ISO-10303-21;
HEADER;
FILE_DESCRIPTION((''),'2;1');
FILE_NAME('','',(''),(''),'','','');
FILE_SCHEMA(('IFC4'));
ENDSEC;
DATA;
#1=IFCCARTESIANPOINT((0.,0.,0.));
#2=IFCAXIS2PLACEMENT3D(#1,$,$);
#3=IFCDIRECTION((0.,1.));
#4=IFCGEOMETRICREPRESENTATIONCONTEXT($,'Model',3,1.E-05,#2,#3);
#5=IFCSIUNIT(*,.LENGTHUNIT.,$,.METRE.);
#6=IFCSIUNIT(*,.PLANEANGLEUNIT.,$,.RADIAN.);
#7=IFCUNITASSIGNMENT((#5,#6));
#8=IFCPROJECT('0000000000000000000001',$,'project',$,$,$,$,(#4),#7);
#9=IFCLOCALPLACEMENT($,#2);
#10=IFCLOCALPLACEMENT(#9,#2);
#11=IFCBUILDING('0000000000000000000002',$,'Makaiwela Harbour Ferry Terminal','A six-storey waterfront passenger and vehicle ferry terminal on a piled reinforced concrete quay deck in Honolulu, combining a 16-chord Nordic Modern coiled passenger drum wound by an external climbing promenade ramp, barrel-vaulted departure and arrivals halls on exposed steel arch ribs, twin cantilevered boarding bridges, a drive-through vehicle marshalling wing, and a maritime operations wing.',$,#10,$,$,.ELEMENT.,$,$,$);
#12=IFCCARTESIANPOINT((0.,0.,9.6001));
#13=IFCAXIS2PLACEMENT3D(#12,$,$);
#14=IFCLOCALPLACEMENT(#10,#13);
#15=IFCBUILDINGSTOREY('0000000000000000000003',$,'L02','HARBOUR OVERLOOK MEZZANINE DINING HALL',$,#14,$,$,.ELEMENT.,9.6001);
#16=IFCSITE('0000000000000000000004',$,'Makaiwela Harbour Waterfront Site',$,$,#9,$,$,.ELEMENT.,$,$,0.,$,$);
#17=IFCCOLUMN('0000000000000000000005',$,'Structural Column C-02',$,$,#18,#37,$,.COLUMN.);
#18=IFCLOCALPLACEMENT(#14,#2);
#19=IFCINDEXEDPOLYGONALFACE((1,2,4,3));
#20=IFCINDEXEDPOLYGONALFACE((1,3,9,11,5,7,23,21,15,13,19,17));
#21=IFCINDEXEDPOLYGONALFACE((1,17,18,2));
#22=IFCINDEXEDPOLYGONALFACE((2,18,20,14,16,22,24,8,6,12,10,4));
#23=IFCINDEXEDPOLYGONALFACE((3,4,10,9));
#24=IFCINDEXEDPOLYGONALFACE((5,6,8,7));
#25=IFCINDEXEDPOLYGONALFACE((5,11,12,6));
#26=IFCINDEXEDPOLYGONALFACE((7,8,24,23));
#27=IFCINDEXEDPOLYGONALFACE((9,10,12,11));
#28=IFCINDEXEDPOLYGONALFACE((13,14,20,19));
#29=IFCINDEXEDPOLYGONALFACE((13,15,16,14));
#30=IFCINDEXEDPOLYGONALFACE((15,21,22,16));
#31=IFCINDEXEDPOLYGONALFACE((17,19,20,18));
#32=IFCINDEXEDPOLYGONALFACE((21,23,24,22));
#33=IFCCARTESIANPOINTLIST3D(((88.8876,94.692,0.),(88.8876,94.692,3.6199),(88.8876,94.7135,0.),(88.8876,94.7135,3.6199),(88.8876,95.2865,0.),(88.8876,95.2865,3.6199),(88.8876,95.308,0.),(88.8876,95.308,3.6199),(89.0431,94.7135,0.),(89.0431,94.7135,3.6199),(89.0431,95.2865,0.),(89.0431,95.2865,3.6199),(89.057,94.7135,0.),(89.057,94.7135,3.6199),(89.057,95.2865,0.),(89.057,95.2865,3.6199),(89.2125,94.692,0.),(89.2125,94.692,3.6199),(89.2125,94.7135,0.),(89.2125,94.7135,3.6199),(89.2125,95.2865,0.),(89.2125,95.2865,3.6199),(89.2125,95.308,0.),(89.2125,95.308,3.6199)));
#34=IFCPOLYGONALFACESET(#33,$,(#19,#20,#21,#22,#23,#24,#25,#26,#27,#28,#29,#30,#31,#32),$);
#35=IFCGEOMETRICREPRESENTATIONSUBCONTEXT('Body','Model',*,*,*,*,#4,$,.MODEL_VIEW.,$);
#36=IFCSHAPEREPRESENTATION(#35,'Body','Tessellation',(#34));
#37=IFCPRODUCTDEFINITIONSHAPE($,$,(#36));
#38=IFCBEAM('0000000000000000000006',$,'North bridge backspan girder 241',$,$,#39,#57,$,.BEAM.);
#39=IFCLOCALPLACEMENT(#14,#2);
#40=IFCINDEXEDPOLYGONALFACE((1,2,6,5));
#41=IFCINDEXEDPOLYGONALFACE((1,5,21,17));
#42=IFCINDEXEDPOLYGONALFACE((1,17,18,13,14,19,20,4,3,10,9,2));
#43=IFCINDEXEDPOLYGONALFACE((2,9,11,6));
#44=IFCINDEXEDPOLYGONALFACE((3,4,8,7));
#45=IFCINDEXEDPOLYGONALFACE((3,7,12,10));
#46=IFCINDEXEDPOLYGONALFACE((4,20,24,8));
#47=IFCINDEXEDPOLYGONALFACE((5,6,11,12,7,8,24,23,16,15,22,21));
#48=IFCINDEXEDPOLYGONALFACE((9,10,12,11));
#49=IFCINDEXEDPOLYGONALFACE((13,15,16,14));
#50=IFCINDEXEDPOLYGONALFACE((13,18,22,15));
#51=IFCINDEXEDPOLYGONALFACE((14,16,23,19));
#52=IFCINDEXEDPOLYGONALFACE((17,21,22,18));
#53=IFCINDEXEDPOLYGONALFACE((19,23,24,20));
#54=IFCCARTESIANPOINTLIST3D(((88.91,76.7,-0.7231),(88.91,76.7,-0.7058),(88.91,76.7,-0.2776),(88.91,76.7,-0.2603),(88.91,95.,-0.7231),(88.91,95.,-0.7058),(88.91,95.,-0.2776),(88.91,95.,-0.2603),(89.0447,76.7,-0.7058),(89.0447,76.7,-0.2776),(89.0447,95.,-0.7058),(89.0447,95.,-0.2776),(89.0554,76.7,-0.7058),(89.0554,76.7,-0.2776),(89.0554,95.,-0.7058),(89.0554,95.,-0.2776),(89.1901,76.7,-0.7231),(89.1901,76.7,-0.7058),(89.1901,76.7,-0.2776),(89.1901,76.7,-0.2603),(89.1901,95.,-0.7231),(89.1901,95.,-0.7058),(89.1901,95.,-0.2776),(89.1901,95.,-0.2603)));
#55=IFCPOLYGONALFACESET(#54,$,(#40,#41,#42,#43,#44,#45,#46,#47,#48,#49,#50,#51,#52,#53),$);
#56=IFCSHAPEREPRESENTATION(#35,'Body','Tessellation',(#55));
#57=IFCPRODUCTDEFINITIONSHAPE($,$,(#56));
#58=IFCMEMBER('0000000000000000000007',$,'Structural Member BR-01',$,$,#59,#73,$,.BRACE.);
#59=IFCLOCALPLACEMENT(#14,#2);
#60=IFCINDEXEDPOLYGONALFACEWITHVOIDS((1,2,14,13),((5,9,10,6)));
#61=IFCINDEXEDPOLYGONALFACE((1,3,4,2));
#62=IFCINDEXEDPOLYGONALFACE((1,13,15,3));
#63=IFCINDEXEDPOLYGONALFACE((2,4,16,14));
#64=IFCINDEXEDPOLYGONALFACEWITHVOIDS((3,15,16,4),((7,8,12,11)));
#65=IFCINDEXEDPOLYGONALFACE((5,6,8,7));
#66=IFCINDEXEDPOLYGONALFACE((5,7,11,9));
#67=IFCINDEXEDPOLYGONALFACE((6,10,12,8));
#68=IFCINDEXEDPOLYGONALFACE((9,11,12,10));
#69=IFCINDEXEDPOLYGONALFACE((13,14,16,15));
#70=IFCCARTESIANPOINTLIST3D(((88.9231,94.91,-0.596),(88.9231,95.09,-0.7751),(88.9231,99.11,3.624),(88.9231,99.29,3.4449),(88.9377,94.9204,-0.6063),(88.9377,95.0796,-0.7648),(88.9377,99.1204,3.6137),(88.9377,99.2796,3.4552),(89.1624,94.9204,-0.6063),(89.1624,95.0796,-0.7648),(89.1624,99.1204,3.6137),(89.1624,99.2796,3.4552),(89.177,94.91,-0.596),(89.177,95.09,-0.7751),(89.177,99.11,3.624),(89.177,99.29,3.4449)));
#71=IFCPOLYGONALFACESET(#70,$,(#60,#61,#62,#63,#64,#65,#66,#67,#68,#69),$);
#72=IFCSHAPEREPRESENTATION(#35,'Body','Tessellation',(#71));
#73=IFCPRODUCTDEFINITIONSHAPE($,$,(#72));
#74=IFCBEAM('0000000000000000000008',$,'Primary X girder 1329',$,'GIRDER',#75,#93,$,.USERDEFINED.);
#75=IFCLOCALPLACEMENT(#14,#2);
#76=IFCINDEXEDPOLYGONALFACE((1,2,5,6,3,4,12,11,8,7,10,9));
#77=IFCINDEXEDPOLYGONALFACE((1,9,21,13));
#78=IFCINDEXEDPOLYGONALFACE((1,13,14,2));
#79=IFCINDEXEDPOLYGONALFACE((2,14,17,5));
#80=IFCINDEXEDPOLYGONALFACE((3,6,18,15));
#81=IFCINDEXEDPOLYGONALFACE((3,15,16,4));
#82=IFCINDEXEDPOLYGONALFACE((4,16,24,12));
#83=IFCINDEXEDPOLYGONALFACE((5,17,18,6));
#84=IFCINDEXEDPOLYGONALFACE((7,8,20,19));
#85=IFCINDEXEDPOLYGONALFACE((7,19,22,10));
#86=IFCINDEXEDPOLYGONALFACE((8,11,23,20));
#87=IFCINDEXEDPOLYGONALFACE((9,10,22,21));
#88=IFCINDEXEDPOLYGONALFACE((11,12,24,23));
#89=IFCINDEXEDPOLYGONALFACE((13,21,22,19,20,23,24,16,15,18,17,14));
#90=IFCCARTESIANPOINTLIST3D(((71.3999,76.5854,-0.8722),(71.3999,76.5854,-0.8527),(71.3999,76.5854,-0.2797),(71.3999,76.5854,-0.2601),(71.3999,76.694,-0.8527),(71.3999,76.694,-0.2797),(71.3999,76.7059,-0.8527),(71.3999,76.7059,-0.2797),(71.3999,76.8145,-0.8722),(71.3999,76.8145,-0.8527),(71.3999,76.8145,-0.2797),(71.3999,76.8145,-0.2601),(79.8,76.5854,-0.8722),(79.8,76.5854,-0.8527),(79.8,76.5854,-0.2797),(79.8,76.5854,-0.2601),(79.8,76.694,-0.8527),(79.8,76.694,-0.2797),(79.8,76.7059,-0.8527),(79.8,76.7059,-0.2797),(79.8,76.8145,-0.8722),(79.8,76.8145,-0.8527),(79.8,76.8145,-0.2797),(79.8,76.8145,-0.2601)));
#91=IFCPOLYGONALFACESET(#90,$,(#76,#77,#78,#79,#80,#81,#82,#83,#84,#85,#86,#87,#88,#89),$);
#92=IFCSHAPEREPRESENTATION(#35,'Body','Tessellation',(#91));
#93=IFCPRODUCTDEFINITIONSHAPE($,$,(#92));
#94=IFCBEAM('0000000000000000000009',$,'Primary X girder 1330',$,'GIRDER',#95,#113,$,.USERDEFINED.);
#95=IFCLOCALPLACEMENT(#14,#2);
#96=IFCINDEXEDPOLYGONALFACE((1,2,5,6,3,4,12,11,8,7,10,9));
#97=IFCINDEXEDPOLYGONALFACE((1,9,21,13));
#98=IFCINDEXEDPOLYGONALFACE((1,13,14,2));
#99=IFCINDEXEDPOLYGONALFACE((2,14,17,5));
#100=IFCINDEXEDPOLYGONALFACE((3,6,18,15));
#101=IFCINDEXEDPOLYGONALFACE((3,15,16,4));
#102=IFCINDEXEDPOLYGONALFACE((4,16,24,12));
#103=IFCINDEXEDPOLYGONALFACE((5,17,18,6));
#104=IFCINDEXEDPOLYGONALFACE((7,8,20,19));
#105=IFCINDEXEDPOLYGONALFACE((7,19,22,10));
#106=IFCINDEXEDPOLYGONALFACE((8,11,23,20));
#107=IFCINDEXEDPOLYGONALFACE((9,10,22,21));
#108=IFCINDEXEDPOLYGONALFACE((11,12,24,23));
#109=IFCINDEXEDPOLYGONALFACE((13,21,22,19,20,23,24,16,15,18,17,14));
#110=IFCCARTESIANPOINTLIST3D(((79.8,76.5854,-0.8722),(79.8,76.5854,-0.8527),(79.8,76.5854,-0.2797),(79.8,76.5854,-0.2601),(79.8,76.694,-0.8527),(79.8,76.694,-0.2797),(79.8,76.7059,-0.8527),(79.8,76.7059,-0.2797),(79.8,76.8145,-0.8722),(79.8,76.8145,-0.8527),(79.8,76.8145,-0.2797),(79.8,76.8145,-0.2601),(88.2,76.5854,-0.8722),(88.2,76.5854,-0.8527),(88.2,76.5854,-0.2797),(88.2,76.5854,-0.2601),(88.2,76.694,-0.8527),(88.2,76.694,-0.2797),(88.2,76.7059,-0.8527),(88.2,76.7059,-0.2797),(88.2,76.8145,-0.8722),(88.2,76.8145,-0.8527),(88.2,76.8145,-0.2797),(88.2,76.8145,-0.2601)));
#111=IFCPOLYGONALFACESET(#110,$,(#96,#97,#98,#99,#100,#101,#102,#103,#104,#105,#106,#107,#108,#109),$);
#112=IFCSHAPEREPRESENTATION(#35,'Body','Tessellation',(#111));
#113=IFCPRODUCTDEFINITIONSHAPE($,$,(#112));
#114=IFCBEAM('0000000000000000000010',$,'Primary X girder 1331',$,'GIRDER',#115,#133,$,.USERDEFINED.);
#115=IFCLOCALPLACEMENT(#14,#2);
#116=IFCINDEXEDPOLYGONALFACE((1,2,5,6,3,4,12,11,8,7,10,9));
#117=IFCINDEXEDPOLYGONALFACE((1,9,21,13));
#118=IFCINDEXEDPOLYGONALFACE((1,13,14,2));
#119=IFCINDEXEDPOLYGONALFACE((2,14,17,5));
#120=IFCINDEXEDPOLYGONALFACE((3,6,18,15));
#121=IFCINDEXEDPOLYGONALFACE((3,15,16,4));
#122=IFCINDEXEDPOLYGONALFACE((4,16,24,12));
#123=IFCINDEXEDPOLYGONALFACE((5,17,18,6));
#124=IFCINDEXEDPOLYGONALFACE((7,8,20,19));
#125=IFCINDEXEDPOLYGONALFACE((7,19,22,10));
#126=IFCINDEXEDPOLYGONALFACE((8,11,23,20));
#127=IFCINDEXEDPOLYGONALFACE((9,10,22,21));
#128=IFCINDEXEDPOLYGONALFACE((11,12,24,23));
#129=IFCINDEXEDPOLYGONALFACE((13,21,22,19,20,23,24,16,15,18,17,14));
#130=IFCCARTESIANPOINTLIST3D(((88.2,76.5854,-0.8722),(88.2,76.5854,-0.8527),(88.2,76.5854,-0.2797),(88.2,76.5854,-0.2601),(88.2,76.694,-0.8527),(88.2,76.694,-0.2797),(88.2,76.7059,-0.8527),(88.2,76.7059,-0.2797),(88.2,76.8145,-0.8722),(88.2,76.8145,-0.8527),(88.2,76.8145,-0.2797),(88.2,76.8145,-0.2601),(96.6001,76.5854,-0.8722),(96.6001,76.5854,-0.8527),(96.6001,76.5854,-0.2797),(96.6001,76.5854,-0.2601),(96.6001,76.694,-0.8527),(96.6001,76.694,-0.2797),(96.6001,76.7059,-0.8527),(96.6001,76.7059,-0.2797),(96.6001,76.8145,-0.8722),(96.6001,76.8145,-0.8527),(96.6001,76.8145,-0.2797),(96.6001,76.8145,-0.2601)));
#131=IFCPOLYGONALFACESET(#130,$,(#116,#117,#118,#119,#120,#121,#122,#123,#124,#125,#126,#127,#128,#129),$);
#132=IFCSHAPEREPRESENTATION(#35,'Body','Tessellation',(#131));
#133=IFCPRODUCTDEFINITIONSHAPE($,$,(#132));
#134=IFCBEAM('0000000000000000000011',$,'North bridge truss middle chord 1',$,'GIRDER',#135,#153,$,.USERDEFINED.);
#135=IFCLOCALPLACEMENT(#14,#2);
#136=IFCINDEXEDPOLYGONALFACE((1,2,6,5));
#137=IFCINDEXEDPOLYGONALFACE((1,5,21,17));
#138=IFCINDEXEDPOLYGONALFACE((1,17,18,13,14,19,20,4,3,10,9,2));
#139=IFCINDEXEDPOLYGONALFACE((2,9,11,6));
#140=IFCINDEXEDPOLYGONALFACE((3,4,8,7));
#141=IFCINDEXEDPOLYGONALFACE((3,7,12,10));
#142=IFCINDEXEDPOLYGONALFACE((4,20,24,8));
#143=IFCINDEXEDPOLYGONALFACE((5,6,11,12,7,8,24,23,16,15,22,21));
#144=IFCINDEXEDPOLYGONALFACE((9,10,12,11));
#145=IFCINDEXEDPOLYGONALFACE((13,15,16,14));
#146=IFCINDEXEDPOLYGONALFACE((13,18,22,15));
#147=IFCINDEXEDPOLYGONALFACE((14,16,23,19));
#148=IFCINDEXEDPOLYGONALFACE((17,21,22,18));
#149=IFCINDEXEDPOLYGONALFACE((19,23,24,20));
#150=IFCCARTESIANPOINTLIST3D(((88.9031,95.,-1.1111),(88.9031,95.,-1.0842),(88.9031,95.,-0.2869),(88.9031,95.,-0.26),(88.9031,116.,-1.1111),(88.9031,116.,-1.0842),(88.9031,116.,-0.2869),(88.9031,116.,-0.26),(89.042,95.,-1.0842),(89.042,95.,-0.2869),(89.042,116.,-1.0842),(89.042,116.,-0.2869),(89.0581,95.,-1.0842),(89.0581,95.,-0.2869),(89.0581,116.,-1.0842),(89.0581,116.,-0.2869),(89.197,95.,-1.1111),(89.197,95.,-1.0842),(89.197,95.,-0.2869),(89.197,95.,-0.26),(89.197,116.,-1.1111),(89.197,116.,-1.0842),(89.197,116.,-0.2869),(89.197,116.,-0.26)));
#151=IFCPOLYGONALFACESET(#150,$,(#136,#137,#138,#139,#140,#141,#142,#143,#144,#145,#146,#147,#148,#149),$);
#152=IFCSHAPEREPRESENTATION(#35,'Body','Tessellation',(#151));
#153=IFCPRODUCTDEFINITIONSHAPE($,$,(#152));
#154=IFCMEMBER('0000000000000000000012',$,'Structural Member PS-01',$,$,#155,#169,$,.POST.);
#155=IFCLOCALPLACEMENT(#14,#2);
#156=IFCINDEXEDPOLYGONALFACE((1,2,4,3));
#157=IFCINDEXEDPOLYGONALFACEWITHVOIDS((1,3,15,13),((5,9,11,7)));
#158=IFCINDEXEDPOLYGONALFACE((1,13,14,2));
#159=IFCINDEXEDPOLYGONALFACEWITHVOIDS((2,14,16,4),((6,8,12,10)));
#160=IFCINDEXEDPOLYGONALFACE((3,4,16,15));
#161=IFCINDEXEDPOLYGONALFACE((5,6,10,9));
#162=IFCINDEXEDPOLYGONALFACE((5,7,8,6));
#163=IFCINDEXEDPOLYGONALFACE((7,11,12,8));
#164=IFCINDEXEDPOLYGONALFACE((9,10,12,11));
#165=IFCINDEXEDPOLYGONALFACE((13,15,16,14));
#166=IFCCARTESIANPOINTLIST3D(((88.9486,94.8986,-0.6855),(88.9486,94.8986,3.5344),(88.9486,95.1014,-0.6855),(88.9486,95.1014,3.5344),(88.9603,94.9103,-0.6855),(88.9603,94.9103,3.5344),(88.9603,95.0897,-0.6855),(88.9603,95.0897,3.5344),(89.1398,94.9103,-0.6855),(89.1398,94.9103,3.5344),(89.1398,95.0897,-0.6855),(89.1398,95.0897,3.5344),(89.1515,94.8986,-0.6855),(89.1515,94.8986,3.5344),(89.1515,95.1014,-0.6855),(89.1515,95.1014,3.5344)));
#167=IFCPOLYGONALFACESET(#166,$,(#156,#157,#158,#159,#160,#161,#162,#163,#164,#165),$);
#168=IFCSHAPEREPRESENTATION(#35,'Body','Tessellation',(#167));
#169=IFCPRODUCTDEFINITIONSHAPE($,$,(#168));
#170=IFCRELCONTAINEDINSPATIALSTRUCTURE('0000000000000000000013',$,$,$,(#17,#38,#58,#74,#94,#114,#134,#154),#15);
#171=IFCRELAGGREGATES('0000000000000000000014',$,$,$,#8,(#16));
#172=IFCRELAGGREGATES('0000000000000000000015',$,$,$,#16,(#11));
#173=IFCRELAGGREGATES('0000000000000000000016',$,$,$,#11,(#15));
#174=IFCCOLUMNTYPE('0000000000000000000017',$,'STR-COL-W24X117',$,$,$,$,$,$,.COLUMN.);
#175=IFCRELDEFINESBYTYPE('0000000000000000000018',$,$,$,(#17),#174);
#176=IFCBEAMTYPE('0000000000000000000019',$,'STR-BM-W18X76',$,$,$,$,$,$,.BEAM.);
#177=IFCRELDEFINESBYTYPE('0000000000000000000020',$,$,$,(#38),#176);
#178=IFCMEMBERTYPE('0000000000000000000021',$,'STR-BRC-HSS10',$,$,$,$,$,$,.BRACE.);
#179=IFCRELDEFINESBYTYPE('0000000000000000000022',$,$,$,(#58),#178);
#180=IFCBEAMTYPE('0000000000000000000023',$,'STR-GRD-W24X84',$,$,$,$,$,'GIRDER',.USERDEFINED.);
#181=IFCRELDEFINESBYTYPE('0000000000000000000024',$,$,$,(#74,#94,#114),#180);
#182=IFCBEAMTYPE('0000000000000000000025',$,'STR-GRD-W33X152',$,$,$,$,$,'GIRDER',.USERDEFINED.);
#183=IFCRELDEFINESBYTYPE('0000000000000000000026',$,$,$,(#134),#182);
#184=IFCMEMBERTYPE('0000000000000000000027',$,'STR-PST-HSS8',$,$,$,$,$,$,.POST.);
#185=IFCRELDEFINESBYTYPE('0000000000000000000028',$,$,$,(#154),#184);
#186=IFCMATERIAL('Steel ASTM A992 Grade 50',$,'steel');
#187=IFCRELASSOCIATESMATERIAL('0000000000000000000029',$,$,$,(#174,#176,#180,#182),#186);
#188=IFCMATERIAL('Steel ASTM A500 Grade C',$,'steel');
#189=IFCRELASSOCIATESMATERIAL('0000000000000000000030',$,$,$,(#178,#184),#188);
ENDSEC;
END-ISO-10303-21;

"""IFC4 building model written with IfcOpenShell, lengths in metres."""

from ifc_helpers import new_model, si_unit, direction, frame, origin, origin_2d, place, context, subcontext, project, spatial, hollow_rectangle, i_section, extrude, material, material_profile, profile_set, type_object, element, save


model = new_model("IFC4")

# Units and contexts
model_context = context("Model", 3, precision=1e-05, world=origin(), true_north=direction((0.0, 1.0)))
body_context = subcontext(model_context, "Body", "Model", "MODEL_VIEW")
ifc_project = project(units=[si_unit("LENGTHUNIT", "METRE"), si_unit("PLANEANGLEUNIT", "RADIAN")], contexts=[model_context])

# Site, building, storey
site_placement = place(None, origin())
site = spatial("IfcSite", under=ifc_project, at=site_placement, Name="Makaiwela Harbour Waterfront Site", CompositionType="ELEMENT", RefElevation=0.0)
building_placement = place(site_placement, origin())
building = spatial("IfcBuilding", under=site, at=building_placement, Name="Makaiwela Harbour Ferry Terminal", Description="A six-storey waterfront passenger and vehicle ferry terminal on a piled reinforced concrete quay deck in Honolulu, combining a 16-chord Nordic Modern coiled passenger drum wound by an external climbing promenade ramp, barrel-vaulted departure and arrivals halls on exposed steel arch ribs, twin cantilevered boarding bridges, a drive-through vehicle marshalling wing, and a maritime operations wing.", CompositionType="ELEMENT")
storey_placement = place(building_placement, frame((0.0, 0.0, 9.6001)))
storey = spatial("IfcBuildingStorey", under=building, at=storey_placement, Name="L02", Description="HARBOUR OVERLOOK MEZZANINE DINING HALL", CompositionType="ELEMENT", Elevation=9.6001)

# Column
ifc_material_1 = material(Name="Steel ASTM A992 Grade 50", Category="steel")
ifc_material_profile_1 = material_profile(ifc_material_1, i_section(OverallWidth=0.325, OverallDepth=0.616, WebThickness=0.0139, FlangeThickness=0.0215, at=origin_2d()), Name="W24X117")
ifc_profile_set_1 = profile_set([ifc_material_profile_1], Name="Steel ASTM A992 Grade 50")
column_type = type_object("IfcColumnType", Name="STR-COL-W24X117", PredefinedType="COLUMN", material=ifc_profile_set_1)
column_placement = place(storey_placement, frame((89.05, 95.0, 0.0), z_axis=(0.0, 0.0, 1.0), x_axis=(1.0, 0.0, 0.0)))
element("IfcColumn", 1, at=column_placement, inside=storey, type_object=column_type, Name="Structural Column C-02", PredefinedType="COLUMN", context=body_context, shape_type="SweptSolid", body=[
    extrude(i_section(OverallWidth=0.325, OverallDepth=0.616, WebThickness=0.0139, FlangeThickness=0.0215, at=origin_2d()), origin(), (0.0, 0.0, 1.0), 3.6199),
])

# Beam
ifc_material_profile_2 = material_profile(ifc_material_1, i_section(OverallWidth=0.28, OverallDepth=0.4629, WebThickness=0.0107, FlangeThickness=0.0173, at=origin_2d()), Name="W18X76")
ifc_profile_set_2 = profile_set([ifc_material_profile_2], Name="Steel ASTM A992 Grade 50")
beam_type_1 = type_object("IfcBeamType", Name="STR-BM-W18X76", PredefinedType="BEAM", material=ifc_profile_set_2)
beam_1_placement = place(storey_placement, frame((89.05, 76.7, -0.4917), z_axis=(0.0, 1.0, 0.0), x_axis=(-1.0, 0.0, 0.0)))
element("IfcBeam", 2, at=beam_1_placement, inside=storey, type_object=beam_type_1, Name="North bridge backspan girder 241", PredefinedType="BEAM", context=body_context, shape_type="SweptSolid", body=[
    extrude(i_section(OverallWidth=0.28, OverallDepth=0.4629, WebThickness=0.0107, FlangeThickness=0.0173, at=origin_2d()), origin(), (0.0, 0.0, 1.0), 18.3),
])

# Member
ifc_material_2 = material(Name="Steel ASTM A500 Grade C", Category="steel")
ifc_material_profile_3 = material_profile(ifc_material_2, hollow_rectangle(XDim=0.2539, YDim=0.2539, WallThickness=0.0146, at=origin_2d()), Name="HSS10X10X5/8")
ifc_profile_set_3 = profile_set([ifc_material_profile_3], Name="Steel ASTM A500 Grade C")
member_type_1 = type_object("IfcMemberType", Name="STR-BRC-HSS10", PredefinedType="BRACE", material=ifc_profile_set_3)
member_placement = place(storey_placement, frame((89.05, 95.0, -0.6855), z_axis=(0.0, 0.705424, 0.708786), x_axis=(-1.0, 0.0, 0.0)))
element("IfcMember", 3, at=member_placement, inside=storey, type_object=member_type_1, Name="Structural Member BR-01", PredefinedType="BRACE", context=body_context, shape_type="SweptSolid", body=[
    extrude(hollow_rectangle(XDim=0.2539, YDim=0.2539, WallThickness=0.0146, at=origin_2d()), origin(), (0.0, 0.0, 1.0), 5.9539),
])

# Beams
ifc_material_profile_4 = material_profile(ifc_material_1, i_section(OverallWidth=0.229, OverallDepth=0.6121, WebThickness=0.012, FlangeThickness=0.0195, at=origin_2d()), Name="W24X84")
ifc_profile_set_4 = profile_set([ifc_material_profile_4], Name="Steel ASTM A992 Grade 50")
beam_type_2 = type_object("IfcBeamType", Name="STR-GRD-W24X84", ElementType="GIRDER", PredefinedType="USERDEFINED", material=ifc_profile_set_4)
beam_2_placement = place(storey_placement, frame((71.3999, 76.7, -0.5662), z_axis=(1.0, 0.0, 0.0), x_axis=(0.0, 1.0, 0.0)))
element("IfcBeam", 4, at=beam_2_placement, inside=storey, type_object=beam_type_2, Name="Primary X girder 1329", ObjectType="GIRDER", PredefinedType="USERDEFINED", context=body_context, shape_type="SweptSolid", body=[
    extrude(i_section(OverallWidth=0.229, OverallDepth=0.6121, WebThickness=0.012, FlangeThickness=0.0195, at=origin_2d()), origin(), (0.0, 0.0, 1.0), 8.4001),
])
beam_3_placement = place(storey_placement, frame((79.8, 76.7, -0.5662), z_axis=(1.0, 0.0, 0.0), x_axis=(0.0, 1.0, 0.0)))
element("IfcBeam", 5, at=beam_3_placement, inside=storey, type_object=beam_type_2, Name="Primary X girder 1330", ObjectType="GIRDER", PredefinedType="USERDEFINED", context=body_context, shape_type="SweptSolid", body=[
    extrude(i_section(OverallWidth=0.229, OverallDepth=0.6121, WebThickness=0.012, FlangeThickness=0.0195, at=origin_2d()), origin(), (0.0, 0.0, 1.0), 8.3999),
])
beam_4_placement = place(storey_placement, frame((88.2, 76.7, -0.5662), z_axis=(1.0, 0.0, 0.0), x_axis=(0.0, 1.0, 0.0)))
element("IfcBeam", 6, at=beam_4_placement, inside=storey, type_object=beam_type_2, Name="Primary X girder 1331", ObjectType="GIRDER", PredefinedType="USERDEFINED", context=body_context, shape_type="SweptSolid", body=[
    extrude(i_section(OverallWidth=0.229, OverallDepth=0.6121, WebThickness=0.012, FlangeThickness=0.0195, at=origin_2d()), origin(), (0.0, 0.0, 1.0), 8.4001),
])
ifc_material_profile_5 = material_profile(ifc_material_1, i_section(OverallWidth=0.2939, OverallDepth=0.8511, WebThickness=0.0161, FlangeThickness=0.0269, at=origin_2d()), Name="W33X152")
ifc_profile_set_5 = profile_set([ifc_material_profile_5], Name="Steel ASTM A992 Grade 50")
beam_type_3 = type_object("IfcBeamType", Name="STR-GRD-W33X152", ElementType="GIRDER", PredefinedType="USERDEFINED", material=ifc_profile_set_5)
beam_5_placement = place(storey_placement, frame((89.05, 95.0, -0.6855), z_axis=(0.0, 1.0, 0.0), x_axis=(-1.0, 0.0, 0.0)))
element("IfcBeam", 7, at=beam_5_placement, inside=storey, type_object=beam_type_3, Name="North bridge truss middle chord 1", ObjectType="GIRDER", PredefinedType="USERDEFINED", context=body_context, shape_type="SweptSolid", body=[
    extrude(i_section(OverallWidth=0.2939, OverallDepth=0.8511, WebThickness=0.0161, FlangeThickness=0.0269, at=origin_2d()), origin(), (0.0, 0.0, 1.0), 21.0),
])

# Member
ifc_material_profile_6 = material_profile(ifc_material_2, hollow_rectangle(XDim=0.2029, YDim=0.2029, WallThickness=0.0117, at=origin_2d()), Name="HSS8X8X1/2")
ifc_profile_set_6 = profile_set([ifc_material_profile_6], Name="Steel ASTM A500 Grade C")
member_type_2 = type_object("IfcMemberType", Name="STR-PST-HSS8", PredefinedType="POST", material=ifc_profile_set_6)
for number, where, z_axis, x_axis, name in (
    (8, (89.05, 95.0, -0.6855), (0.0, 0.0, 1.0), (1.0, 0.0, 0.0), "Structural Member PS-01"),
):
    element("IfcMember", number, at=place(storey_placement, frame(where, z_axis=z_axis, x_axis=x_axis)), inside=storey, type_object=member_type_2, Name=name, PredefinedType="POST", context=body_context, shape_type="SweptSolid", body=[
        extrude(hollow_rectangle(XDim=0.2029, YDim=0.2029, WallThickness=0.0117, at=origin_2d()), origin(), (0.0, 0.0, 1.0), 4.22),
    ])

save(model, "model.ifc")
